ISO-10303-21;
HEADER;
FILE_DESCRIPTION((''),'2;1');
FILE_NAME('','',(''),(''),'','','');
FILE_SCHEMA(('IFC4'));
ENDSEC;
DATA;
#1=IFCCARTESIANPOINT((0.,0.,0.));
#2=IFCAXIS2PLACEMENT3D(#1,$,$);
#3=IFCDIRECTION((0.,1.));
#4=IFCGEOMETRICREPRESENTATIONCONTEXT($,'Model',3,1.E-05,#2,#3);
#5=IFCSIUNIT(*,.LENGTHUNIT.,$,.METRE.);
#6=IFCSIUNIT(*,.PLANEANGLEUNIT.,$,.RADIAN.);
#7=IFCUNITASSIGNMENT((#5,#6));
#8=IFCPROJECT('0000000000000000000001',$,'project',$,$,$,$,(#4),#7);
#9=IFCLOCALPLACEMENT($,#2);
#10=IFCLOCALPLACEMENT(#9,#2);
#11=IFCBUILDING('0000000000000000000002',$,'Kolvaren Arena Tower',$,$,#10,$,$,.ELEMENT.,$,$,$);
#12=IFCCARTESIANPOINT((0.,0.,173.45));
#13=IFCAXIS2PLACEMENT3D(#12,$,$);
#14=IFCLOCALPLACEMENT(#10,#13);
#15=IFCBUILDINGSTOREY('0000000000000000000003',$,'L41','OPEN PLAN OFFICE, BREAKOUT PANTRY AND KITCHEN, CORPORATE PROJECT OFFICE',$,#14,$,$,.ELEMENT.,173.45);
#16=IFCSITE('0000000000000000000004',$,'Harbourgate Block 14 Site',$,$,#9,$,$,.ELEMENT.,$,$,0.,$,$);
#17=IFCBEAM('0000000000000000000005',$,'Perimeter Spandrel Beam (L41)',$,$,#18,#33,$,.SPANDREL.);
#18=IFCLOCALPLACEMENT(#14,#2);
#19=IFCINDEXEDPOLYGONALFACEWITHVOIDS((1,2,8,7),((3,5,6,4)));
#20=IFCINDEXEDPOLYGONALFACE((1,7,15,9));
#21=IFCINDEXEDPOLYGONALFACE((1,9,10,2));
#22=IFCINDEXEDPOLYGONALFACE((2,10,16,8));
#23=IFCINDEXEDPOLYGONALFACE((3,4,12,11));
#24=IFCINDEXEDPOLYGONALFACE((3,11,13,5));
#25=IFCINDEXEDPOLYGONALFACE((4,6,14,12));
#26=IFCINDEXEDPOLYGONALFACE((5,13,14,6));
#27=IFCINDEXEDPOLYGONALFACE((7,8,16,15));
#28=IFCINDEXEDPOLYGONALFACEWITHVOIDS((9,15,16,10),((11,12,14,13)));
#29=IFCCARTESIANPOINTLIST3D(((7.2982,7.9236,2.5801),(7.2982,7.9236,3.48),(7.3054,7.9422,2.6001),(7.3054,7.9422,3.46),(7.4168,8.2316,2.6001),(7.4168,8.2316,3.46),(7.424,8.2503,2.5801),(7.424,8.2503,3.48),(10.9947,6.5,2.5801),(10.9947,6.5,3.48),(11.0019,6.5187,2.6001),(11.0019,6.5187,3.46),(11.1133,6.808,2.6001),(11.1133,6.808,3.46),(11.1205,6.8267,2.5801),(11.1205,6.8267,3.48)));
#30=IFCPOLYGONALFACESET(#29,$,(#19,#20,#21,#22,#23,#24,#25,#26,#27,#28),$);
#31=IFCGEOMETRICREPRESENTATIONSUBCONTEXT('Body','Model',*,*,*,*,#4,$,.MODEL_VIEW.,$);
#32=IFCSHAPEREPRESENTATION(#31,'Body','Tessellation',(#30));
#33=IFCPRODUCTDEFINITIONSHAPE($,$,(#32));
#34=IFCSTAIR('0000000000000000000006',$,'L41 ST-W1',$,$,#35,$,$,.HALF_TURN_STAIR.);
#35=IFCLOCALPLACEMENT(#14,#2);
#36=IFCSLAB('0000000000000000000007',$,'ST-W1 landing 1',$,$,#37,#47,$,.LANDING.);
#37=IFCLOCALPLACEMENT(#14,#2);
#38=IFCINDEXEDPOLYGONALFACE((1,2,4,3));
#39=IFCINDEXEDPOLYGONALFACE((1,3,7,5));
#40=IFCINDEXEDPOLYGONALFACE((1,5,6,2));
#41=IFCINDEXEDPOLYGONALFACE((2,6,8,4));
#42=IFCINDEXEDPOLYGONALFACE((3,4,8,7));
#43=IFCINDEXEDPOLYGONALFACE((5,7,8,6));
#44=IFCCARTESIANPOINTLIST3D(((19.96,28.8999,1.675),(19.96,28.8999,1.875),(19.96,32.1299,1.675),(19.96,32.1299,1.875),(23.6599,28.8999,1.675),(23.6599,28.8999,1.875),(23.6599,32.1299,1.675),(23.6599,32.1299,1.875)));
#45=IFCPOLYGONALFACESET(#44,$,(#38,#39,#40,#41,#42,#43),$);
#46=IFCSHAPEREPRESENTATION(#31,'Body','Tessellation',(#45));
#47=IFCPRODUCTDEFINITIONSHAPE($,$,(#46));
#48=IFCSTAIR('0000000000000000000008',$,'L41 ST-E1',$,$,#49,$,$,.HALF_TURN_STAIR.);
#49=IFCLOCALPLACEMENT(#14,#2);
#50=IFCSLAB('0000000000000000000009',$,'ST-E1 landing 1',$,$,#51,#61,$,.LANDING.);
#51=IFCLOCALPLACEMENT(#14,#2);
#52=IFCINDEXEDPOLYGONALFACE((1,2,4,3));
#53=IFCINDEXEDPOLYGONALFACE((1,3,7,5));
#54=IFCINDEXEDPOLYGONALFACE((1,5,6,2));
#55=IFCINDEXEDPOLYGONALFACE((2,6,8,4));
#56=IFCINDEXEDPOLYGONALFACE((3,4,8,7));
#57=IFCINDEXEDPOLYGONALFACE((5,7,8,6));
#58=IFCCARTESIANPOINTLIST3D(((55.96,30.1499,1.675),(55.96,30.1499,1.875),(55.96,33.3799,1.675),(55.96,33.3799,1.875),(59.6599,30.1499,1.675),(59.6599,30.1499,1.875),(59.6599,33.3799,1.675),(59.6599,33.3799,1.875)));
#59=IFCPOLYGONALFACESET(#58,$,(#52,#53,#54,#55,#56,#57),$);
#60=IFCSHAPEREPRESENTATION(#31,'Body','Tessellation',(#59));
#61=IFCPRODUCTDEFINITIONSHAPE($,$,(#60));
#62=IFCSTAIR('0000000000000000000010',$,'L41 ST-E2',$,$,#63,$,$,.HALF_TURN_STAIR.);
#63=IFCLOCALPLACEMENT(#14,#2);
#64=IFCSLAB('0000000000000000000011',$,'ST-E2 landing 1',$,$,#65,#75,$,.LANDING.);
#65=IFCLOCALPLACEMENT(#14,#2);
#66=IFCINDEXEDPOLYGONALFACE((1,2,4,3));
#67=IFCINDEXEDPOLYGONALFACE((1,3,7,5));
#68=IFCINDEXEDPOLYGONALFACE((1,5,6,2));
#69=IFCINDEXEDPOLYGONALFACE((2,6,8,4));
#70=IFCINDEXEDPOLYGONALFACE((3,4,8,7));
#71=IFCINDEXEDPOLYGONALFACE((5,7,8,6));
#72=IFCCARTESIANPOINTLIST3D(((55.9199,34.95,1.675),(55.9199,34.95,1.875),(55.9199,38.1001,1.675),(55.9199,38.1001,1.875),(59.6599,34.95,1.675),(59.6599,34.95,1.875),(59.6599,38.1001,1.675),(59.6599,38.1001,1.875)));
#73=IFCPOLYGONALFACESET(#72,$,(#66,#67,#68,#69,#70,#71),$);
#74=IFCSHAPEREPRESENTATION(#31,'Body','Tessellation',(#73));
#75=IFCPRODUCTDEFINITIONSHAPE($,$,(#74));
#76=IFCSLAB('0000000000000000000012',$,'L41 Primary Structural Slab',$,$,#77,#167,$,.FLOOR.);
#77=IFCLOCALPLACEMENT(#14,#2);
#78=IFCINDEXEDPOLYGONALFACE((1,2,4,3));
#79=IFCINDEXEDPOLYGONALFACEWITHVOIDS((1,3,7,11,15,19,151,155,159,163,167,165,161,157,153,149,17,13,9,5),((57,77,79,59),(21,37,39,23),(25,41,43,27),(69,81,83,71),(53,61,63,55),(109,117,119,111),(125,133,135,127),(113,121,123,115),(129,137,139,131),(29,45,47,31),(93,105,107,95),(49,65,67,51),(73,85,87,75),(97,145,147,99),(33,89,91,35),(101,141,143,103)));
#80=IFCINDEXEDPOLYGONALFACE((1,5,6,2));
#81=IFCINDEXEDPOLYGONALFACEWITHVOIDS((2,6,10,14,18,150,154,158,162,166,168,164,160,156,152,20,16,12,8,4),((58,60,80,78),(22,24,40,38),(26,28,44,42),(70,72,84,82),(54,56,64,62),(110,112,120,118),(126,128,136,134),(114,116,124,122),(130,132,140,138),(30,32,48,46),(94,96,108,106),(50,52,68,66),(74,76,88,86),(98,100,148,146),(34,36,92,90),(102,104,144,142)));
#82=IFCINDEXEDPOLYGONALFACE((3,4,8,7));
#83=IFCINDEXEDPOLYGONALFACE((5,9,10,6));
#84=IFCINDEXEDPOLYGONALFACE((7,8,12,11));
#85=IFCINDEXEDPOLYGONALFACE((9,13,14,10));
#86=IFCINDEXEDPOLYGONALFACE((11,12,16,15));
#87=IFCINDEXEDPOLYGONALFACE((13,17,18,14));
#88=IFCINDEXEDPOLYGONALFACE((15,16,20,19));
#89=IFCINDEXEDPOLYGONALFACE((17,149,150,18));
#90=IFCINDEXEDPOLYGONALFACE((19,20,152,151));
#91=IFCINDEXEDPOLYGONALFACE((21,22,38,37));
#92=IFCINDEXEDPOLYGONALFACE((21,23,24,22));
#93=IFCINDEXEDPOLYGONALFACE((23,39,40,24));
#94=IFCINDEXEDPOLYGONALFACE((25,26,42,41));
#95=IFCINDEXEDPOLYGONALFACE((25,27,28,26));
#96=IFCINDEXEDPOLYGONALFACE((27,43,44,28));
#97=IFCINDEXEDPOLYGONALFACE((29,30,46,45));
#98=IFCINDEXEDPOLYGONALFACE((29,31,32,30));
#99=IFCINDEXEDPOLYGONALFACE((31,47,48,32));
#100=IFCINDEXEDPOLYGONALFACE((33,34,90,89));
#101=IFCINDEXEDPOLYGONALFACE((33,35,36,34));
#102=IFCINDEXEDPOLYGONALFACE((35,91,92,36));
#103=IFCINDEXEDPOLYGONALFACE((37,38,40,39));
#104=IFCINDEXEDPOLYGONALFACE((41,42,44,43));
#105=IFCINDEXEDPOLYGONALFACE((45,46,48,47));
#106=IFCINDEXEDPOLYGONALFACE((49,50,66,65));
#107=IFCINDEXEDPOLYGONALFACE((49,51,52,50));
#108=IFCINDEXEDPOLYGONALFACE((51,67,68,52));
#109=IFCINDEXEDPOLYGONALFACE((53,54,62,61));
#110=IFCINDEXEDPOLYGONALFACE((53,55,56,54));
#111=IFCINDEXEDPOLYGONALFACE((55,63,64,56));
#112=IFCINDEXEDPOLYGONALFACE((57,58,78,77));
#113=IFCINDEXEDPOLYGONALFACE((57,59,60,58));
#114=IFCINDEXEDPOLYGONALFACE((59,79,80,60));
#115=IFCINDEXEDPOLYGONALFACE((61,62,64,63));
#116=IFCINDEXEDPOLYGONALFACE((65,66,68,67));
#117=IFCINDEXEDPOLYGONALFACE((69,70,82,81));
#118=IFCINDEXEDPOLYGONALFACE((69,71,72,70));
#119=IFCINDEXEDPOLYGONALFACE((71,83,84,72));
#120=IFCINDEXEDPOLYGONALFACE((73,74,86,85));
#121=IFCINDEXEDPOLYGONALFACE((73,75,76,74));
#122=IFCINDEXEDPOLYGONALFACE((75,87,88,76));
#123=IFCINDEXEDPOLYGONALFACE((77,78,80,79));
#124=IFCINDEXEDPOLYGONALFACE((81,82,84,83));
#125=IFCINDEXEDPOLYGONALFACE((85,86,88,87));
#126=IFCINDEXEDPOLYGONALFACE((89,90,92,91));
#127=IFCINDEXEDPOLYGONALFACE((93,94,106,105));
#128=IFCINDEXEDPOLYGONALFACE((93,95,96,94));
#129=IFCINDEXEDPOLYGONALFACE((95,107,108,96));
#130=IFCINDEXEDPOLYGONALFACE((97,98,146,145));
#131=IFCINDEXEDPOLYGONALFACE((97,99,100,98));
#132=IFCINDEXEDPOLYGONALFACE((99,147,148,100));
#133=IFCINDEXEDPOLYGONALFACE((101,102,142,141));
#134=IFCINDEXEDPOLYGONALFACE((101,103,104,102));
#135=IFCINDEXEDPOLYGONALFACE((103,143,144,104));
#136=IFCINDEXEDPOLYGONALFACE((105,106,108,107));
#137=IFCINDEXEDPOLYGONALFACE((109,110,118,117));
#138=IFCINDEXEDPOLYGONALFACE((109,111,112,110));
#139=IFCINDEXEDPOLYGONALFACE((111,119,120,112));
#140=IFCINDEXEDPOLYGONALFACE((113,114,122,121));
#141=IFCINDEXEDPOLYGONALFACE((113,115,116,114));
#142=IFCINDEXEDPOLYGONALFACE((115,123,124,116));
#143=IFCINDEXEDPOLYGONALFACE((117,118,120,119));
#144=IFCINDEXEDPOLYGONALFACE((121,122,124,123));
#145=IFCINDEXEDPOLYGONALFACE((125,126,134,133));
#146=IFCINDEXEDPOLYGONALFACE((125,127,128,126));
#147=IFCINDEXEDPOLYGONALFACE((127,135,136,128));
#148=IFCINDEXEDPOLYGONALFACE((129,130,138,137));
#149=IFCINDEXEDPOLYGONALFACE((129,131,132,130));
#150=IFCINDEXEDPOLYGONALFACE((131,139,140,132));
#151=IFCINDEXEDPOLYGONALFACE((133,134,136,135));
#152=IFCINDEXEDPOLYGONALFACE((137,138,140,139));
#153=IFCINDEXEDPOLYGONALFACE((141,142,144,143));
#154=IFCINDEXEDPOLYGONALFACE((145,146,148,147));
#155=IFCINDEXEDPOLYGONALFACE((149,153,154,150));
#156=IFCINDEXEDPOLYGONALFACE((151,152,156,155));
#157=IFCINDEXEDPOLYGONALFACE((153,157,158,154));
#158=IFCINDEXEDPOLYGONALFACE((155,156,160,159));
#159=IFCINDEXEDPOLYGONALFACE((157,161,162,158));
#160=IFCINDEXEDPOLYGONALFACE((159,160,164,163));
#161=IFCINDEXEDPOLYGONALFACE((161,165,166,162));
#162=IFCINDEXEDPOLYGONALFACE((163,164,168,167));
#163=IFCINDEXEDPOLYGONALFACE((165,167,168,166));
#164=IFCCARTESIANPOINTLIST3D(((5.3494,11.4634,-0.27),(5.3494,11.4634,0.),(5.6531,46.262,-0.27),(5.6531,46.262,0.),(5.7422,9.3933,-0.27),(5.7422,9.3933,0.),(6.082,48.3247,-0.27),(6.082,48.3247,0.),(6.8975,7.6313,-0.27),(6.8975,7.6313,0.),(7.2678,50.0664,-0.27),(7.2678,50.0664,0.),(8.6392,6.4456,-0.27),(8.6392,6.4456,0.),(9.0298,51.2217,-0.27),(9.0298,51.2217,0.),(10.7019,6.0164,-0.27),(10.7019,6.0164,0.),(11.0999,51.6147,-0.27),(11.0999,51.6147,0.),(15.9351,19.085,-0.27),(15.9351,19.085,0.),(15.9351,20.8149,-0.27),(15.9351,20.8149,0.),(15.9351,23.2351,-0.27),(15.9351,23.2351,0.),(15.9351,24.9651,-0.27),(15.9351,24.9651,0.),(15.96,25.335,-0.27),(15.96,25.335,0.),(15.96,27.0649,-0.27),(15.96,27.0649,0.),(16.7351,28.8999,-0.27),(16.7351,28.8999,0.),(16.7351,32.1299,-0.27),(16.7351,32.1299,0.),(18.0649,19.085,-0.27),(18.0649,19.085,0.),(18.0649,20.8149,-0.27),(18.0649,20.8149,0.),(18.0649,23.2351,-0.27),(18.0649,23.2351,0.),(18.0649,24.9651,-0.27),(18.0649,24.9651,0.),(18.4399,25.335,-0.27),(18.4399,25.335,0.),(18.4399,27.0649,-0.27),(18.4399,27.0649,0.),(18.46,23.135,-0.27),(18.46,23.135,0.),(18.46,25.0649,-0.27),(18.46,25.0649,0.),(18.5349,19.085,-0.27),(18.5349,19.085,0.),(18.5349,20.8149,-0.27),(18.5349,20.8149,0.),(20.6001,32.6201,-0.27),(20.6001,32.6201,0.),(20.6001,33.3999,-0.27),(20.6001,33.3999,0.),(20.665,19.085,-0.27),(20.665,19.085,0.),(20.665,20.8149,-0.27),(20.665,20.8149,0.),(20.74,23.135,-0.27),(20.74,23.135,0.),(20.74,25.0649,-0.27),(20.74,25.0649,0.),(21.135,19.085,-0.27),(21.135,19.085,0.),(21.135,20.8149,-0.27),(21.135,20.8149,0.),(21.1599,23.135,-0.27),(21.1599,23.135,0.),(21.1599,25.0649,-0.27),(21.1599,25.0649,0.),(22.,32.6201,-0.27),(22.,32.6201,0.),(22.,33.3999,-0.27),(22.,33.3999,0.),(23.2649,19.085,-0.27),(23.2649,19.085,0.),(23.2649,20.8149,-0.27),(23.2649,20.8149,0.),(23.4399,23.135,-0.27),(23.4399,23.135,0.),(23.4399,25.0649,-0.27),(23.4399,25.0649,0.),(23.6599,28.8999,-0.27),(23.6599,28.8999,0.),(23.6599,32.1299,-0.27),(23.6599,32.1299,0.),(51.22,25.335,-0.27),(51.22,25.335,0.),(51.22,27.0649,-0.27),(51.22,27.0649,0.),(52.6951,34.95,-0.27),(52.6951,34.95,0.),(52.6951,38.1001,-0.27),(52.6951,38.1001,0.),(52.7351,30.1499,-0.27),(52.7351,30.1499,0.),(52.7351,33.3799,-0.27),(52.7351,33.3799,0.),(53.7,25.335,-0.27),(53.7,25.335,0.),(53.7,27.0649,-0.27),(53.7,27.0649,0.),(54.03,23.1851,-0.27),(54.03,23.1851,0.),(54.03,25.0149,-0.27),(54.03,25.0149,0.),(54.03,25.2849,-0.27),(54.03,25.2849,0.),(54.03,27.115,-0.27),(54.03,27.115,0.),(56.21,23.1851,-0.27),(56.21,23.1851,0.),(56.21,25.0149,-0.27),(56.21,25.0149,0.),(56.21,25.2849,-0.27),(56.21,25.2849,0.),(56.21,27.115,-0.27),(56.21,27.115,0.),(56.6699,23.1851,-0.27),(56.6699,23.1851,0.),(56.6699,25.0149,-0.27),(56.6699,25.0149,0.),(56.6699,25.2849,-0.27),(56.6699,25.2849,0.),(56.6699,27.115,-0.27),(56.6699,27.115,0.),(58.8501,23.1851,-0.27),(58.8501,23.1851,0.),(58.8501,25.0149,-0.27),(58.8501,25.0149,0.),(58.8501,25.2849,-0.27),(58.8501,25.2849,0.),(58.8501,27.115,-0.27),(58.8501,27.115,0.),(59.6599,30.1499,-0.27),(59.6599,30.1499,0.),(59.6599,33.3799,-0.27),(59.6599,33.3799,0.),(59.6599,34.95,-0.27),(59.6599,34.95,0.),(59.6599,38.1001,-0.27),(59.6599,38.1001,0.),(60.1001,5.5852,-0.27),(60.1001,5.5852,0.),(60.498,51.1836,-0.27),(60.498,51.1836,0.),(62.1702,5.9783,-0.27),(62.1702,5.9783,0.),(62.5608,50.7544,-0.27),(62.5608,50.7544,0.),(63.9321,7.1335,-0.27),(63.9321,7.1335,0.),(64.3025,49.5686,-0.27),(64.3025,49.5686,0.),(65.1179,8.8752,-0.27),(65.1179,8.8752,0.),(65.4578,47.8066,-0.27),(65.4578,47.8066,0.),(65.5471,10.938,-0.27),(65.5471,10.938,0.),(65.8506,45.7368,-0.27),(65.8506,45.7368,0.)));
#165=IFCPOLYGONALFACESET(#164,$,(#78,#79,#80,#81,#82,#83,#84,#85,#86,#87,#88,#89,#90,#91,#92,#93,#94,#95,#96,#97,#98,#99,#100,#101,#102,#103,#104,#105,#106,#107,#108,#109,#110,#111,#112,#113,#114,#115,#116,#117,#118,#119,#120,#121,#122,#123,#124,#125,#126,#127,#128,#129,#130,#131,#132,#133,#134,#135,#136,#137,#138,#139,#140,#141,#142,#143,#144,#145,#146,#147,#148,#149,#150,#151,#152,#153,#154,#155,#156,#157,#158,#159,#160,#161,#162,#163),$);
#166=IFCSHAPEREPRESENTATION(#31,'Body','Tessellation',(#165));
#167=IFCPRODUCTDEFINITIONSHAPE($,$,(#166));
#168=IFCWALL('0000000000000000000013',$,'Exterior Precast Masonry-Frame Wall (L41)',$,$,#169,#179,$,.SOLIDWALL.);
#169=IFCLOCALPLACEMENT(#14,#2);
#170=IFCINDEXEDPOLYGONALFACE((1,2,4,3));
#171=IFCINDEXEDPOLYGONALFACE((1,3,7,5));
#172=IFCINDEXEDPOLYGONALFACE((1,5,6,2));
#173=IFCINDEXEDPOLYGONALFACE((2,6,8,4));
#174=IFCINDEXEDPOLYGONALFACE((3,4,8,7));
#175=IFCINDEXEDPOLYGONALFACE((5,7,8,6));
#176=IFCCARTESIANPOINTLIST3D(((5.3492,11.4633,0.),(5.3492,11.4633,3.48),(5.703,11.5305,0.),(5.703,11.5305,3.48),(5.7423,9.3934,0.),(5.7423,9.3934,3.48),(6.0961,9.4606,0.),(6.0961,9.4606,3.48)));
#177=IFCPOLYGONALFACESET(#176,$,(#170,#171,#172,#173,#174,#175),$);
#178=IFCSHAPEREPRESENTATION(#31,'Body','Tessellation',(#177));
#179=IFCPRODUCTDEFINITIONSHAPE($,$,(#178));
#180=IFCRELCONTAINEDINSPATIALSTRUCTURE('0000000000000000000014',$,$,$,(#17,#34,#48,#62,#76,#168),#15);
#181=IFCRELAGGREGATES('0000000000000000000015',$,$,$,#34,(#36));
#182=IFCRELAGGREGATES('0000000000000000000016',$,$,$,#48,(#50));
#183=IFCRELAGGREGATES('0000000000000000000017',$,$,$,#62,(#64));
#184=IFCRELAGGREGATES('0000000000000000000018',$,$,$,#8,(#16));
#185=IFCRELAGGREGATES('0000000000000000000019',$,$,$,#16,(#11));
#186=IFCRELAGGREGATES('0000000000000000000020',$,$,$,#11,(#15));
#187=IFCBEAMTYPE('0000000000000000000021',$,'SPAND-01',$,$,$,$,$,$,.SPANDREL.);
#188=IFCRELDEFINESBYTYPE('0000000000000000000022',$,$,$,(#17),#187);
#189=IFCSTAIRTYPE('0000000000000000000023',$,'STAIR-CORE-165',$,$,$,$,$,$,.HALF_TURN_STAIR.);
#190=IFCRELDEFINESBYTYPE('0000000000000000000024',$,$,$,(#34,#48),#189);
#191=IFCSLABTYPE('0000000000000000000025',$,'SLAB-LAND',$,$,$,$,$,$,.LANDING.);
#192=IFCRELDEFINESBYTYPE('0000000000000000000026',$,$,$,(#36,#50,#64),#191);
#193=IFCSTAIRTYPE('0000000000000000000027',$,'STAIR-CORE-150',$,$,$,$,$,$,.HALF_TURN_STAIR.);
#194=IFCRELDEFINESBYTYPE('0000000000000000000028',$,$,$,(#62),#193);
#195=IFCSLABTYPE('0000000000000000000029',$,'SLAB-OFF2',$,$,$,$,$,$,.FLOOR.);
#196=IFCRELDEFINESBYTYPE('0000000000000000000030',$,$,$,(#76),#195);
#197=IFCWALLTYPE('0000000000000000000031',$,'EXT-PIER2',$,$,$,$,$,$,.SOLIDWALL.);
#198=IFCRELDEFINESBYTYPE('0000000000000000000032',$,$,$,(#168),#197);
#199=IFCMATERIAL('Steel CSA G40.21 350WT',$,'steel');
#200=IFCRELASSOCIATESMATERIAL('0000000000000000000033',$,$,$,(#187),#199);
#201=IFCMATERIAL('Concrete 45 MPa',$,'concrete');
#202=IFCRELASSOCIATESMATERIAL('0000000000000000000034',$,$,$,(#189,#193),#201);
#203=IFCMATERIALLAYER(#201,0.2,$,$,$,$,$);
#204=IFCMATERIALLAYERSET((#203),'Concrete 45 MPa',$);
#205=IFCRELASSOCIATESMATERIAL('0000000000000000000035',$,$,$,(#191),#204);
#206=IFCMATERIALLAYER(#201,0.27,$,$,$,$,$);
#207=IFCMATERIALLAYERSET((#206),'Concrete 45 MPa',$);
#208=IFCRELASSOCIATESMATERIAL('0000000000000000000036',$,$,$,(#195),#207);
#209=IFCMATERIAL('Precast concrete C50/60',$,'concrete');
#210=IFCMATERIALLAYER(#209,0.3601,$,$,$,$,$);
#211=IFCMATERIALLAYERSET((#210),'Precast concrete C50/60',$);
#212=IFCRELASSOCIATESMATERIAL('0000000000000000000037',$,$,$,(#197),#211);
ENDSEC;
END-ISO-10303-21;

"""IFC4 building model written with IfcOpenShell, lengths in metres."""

from ifc_helpers import new_model, si_unit, direction, frame, frame_2d, origin, origin_2d, place, context, subcontext, project, spatial, polyline, rectangle, hollow_rectangle, outline, extrude, material, layer, layer_set, material_profile, profile_set, type_object, element, aggregate, save


model = new_model("IFC4")

# Units and contexts
model_context = context("Model", 3, precision=1e-05, world=origin(), true_north=direction((0.0, 1.0)))
body_context = subcontext(model_context, "Body", "Model", "MODEL_VIEW")
ifc_project = project(units=[si_unit("LENGTHUNIT", "METRE"), si_unit("PLANEANGLEUNIT", "RADIAN")], contexts=[model_context])

# Site, building, storey
site_placement = place(None, origin())
site = spatial("IfcSite", under=ifc_project, at=site_placement, Name="Harbourgate Block 14 Site", CompositionType="ELEMENT", RefElevation=0.0)
building_placement = place(site_placement, origin())
building = spatial("IfcBuilding", under=site, at=building_placement, Name="Kolvaren Arena Tower", CompositionType="ELEMENT")
storey_placement = place(building_placement, frame((0.0, 0.0, 173.45)))
storey = spatial("IfcBuildingStorey", under=building, at=storey_placement, Name="L41", Description="OPEN PLAN OFFICE, BREAKOUT PANTRY AND KITCHEN, CORPORATE PROJECT OFFICE", CompositionType="ELEMENT", Elevation=173.45)

# Beam
ifc_material_1 = material(Name="Steel CSA G40.21 350WT", Category="steel")
ifc_material_profile_1 = material_profile(ifc_material_1, hollow_rectangle(XDim=0.3501, YDim=0.8999, WallThickness=0.02, at=origin_2d()), Name="HSS 900x350x20")
ifc_profile_set_1 = profile_set([ifc_material_profile_1], Name="Steel CSA G40.21 350WT")
beam_type_1 = type_object("IfcBeamType", Name="SPAND-01", PredefinedType="SPANDREL", material=ifc_profile_set_1)
beam_1_placement = place(storey_placement, frame((7.3611, 8.0869, 3.03), z_axis=(0.93319, -0.359384, 0.0), x_axis=(0.359384, 0.93319, 0.0)))
element("IfcBeam", 1, at=beam_1_placement, inside=storey, type_object=beam_type_1, Name="Perimeter Spandrel Beam (L41)", PredefinedType="SPANDREL", context=body_context, shape_type="SweptSolid", body=[
    extrude(hollow_rectangle(XDim=0.3501, YDim=0.8999, WallThickness=0.02, at=origin_2d()), origin(), (0.0, 0.0, 1.0), 3.9612),
])

# Stairs, slabs
ifc_material_2 = material(Name="Concrete 45 MPa", Category="concrete")
stair_type_1 = type_object("IfcStairType", Name="STAIR-CORE-165", PredefinedType="HALF_TURN_STAIR", material=ifc_material_2)
stair_1_placement = place(storey_placement, origin())
stair_1 = element("IfcStair", 2, at=stair_1_placement, inside=storey, type_object=stair_type_1, Name="L41 ST-W1", PredefinedType="HALF_TURN_STAIR")
ifc_layer_1 = layer(ifc_material_2, 0.2)
ifc_layer_set_1 = layer_set([ifc_layer_1], Name="Concrete 45 MPa")
slab_type_1 = type_object("IfcSlabType", Name="SLAB-LAND", PredefinedType="LANDING", material=ifc_layer_set_1)
slab_1_placement = place(storey_placement, frame((0.0, 0.0, 1.675)))
slab_1 = element("IfcSlab", 3, at=slab_1_placement, type_object=slab_type_1, Name="ST-W1 landing 1", PredefinedType="LANDING", context=body_context, shape_type="SweptSolid", body=[
    extrude(outline(polyline([(19.96, 28.8999), (23.6599, 28.8999), (23.6599, 32.1299), (19.96, 32.1299), (19.96, 28.8999)])), origin(), (0.0, 0.0, 1.0), 0.2),
])
aggregate(stair_1, [slab_1])
stair_2_placement = place(storey_placement, origin())
stair_2 = element("IfcStair", 4, at=stair_2_placement, inside=storey, type_object=stair_type_1, Name="L41 ST-E1", PredefinedType="HALF_TURN_STAIR")
slab_2_placement = place(storey_placement, frame((0.0, 0.0, 1.675)))
slab_2 = element("IfcSlab", 5, at=slab_2_placement, type_object=slab_type_1, Name="ST-E1 landing 1", PredefinedType="LANDING", context=body_context, shape_type="SweptSolid", body=[
    extrude(outline(polyline([(55.96, 30.1499), (59.6599, 30.1499), (59.6599, 33.3799), (55.96, 33.3799), (55.96, 30.1499)])), origin(), (0.0, 0.0, 1.0), 0.2),
])
aggregate(stair_2, [slab_2])
stair_type_2 = type_object("IfcStairType", Name="STAIR-CORE-150", PredefinedType="HALF_TURN_STAIR", material=ifc_material_2)
stair_3_placement = place(storey_placement, origin())
stair_3 = element("IfcStair", 6, at=stair_3_placement, inside=storey, type_object=stair_type_2, Name="L41 ST-E2", PredefinedType="HALF_TURN_STAIR")
slab_3_placement = place(storey_placement, frame((0.0, 0.0, 1.675)))
slab_3 = element("IfcSlab", 7, at=slab_3_placement, type_object=slab_type_1, Name="ST-E2 landing 1", PredefinedType="LANDING", context=body_context, shape_type="SweptSolid", body=[
    extrude(outline(polyline([(55.9199, 34.95), (59.6599, 34.95), (59.6599, 38.1001), (55.9199, 38.1001), (55.9199, 34.95)])), origin(), (0.0, 0.0, 1.0), 0.2),
])
aggregate(stair_3, [slab_3])

# Slab
ifc_layer_2 = layer(ifc_material_2, 0.27)
ifc_layer_set_2 = layer_set([ifc_layer_2], Name="Concrete 45 MPa")
slab_type_2 = type_object("IfcSlabType", Name="SLAB-OFF2", PredefinedType="FLOOR", material=ifc_layer_set_2)
slab_4_placement = place(storey_placement, frame((0.0, 0.0, -0.27)))
element("IfcSlab", 8, at=slab_4_placement, inside=storey, type_object=slab_type_2, Name="L41 Primary Structural Slab", PredefinedType="FLOOR", context=body_context, shape_type="SweptSolid", body=[
    extrude(outline(polyline([(60.1001, 5.5852), (62.1702, 5.9783), (63.9321, 7.1335), (65.1179, 8.8752), (65.5471, 10.938), (65.8506, 45.7368), (65.4578, 47.8066), (64.3025, 49.5686), (62.5608, 50.7544), (60.498, 51.1836), (11.0999, 51.6147), (9.0298, 51.2217), (7.2678, 50.0664), (6.082, 48.3247), (5.6531, 46.262), (5.3494, 11.4634), (5.7422, 9.3933), (6.8975, 7.6313), (8.6392, 6.4456), (10.7019, 6.0164), (60.1001, 5.5852)]), holes=[polyline([(15.9351, 19.085), (15.9351, 20.8149), (18.0649, 20.8149), (18.0649, 19.085), (15.9351, 19.085)]), polyline([(18.5349, 19.085), (18.5349, 20.8149), (20.665, 20.8149), (20.665, 19.085), (18.5349, 19.085)]), polyline([(21.135, 19.085), (21.135, 20.8149), (23.2649, 20.8149), (23.2649, 19.085), (21.135, 19.085)]), polyline([(18.46, 23.135), (18.46, 25.0649), (20.74, 25.0649), (20.74, 23.135), (18.46, 23.135)]), polyline([(21.1599, 23.135), (21.1599, 25.0649), (23.4399, 25.0649), (23.4399, 23.135), (21.1599, 23.135)]), polyline([(54.03, 23.1851), (54.03, 25.0149), (56.21, 25.0149), (56.21, 23.1851), (54.03, 23.1851)]), polyline([(56.6699, 23.1851), (56.6699, 25.0149), (58.8501, 25.0149), (58.8501, 23.1851), (56.6699, 23.1851)]), polyline([(15.9351, 23.2351), (15.9351, 24.9651), (18.0649, 24.9651), (18.0649, 23.2351), (15.9351, 23.2351)]), polyline([(54.03, 25.2849), (54.03, 27.115), (56.21, 27.115), (56.21, 25.2849), (54.03, 25.2849)]), polyline([(56.6699, 25.2849), (56.6699, 27.115), (58.8501, 27.115), (58.8501, 25.2849), (56.6699, 25.2849)]), polyline([(15.96, 25.335), (15.96, 27.0649), (18.4399, 27.0649), (18.4399, 25.335), (15.96, 25.335)]), polyline([(51.22, 25.335), (51.22, 27.0649), (53.7, 27.0649), (53.7, 25.335), (51.22, 25.335)]), polyline([(16.7351, 28.8999), (16.7351, 32.1299), (23.6599, 32.1299), (23.6599, 28.8999), (16.7351, 28.8999)]), polyline([(52.7351, 30.1499), (52.7351, 33.3799), (59.6599, 33.3799), (59.6599, 30.1499), (52.7351, 30.1499)]), polyline([(20.6001, 32.6201), (20.6001, 33.3999), (22.0, 33.3999), (22.0, 32.6201), (20.6001, 32.6201)]), polyline([(52.6951, 34.95), (52.6951, 38.1001), (59.6599, 38.1001), (59.6599, 34.95), (52.6951, 34.95)])]), origin(), (0.0, 0.0, 1.0), 0.27),
])

# Wall
ifc_material_3 = material(Name="Precast concrete C50/60", Category="concrete")
ifc_layer_3 = layer(ifc_material_3, 0.3601)
ifc_layer_set_3 = layer_set([ifc_layer_3], Name="Precast concrete C50/60")
wall_type = type_object("IfcWallType", Name="EXT-PIER2", PredefinedType="SOLIDWALL", material=ifc_layer_set_3)
for number, where, z_axis, x_axis, name in (
    (9, (5.9192, 9.427, 0.0), (0.0, 0.0, 1.0), (-0.186569, 0.982442, 0.0), "Exterior Precast Masonry-Frame Wall (L41)"),
):
    element("IfcWall", number, at=place(storey_placement, frame(where, z_axis=z_axis, x_axis=x_axis)), inside=storey, type_object=wall_type, Name=name, PredefinedType="SOLIDWALL", context=body_context, shape_type="SweptSolid", body=[
        extrude(rectangle(XDim=2.1069, YDim=0.3601, at=frame_2d((1.0535, 0.0))), origin(), (0.0, 0.0, 1.0), 3.48),
    ])

save(model, "model.ifc")
